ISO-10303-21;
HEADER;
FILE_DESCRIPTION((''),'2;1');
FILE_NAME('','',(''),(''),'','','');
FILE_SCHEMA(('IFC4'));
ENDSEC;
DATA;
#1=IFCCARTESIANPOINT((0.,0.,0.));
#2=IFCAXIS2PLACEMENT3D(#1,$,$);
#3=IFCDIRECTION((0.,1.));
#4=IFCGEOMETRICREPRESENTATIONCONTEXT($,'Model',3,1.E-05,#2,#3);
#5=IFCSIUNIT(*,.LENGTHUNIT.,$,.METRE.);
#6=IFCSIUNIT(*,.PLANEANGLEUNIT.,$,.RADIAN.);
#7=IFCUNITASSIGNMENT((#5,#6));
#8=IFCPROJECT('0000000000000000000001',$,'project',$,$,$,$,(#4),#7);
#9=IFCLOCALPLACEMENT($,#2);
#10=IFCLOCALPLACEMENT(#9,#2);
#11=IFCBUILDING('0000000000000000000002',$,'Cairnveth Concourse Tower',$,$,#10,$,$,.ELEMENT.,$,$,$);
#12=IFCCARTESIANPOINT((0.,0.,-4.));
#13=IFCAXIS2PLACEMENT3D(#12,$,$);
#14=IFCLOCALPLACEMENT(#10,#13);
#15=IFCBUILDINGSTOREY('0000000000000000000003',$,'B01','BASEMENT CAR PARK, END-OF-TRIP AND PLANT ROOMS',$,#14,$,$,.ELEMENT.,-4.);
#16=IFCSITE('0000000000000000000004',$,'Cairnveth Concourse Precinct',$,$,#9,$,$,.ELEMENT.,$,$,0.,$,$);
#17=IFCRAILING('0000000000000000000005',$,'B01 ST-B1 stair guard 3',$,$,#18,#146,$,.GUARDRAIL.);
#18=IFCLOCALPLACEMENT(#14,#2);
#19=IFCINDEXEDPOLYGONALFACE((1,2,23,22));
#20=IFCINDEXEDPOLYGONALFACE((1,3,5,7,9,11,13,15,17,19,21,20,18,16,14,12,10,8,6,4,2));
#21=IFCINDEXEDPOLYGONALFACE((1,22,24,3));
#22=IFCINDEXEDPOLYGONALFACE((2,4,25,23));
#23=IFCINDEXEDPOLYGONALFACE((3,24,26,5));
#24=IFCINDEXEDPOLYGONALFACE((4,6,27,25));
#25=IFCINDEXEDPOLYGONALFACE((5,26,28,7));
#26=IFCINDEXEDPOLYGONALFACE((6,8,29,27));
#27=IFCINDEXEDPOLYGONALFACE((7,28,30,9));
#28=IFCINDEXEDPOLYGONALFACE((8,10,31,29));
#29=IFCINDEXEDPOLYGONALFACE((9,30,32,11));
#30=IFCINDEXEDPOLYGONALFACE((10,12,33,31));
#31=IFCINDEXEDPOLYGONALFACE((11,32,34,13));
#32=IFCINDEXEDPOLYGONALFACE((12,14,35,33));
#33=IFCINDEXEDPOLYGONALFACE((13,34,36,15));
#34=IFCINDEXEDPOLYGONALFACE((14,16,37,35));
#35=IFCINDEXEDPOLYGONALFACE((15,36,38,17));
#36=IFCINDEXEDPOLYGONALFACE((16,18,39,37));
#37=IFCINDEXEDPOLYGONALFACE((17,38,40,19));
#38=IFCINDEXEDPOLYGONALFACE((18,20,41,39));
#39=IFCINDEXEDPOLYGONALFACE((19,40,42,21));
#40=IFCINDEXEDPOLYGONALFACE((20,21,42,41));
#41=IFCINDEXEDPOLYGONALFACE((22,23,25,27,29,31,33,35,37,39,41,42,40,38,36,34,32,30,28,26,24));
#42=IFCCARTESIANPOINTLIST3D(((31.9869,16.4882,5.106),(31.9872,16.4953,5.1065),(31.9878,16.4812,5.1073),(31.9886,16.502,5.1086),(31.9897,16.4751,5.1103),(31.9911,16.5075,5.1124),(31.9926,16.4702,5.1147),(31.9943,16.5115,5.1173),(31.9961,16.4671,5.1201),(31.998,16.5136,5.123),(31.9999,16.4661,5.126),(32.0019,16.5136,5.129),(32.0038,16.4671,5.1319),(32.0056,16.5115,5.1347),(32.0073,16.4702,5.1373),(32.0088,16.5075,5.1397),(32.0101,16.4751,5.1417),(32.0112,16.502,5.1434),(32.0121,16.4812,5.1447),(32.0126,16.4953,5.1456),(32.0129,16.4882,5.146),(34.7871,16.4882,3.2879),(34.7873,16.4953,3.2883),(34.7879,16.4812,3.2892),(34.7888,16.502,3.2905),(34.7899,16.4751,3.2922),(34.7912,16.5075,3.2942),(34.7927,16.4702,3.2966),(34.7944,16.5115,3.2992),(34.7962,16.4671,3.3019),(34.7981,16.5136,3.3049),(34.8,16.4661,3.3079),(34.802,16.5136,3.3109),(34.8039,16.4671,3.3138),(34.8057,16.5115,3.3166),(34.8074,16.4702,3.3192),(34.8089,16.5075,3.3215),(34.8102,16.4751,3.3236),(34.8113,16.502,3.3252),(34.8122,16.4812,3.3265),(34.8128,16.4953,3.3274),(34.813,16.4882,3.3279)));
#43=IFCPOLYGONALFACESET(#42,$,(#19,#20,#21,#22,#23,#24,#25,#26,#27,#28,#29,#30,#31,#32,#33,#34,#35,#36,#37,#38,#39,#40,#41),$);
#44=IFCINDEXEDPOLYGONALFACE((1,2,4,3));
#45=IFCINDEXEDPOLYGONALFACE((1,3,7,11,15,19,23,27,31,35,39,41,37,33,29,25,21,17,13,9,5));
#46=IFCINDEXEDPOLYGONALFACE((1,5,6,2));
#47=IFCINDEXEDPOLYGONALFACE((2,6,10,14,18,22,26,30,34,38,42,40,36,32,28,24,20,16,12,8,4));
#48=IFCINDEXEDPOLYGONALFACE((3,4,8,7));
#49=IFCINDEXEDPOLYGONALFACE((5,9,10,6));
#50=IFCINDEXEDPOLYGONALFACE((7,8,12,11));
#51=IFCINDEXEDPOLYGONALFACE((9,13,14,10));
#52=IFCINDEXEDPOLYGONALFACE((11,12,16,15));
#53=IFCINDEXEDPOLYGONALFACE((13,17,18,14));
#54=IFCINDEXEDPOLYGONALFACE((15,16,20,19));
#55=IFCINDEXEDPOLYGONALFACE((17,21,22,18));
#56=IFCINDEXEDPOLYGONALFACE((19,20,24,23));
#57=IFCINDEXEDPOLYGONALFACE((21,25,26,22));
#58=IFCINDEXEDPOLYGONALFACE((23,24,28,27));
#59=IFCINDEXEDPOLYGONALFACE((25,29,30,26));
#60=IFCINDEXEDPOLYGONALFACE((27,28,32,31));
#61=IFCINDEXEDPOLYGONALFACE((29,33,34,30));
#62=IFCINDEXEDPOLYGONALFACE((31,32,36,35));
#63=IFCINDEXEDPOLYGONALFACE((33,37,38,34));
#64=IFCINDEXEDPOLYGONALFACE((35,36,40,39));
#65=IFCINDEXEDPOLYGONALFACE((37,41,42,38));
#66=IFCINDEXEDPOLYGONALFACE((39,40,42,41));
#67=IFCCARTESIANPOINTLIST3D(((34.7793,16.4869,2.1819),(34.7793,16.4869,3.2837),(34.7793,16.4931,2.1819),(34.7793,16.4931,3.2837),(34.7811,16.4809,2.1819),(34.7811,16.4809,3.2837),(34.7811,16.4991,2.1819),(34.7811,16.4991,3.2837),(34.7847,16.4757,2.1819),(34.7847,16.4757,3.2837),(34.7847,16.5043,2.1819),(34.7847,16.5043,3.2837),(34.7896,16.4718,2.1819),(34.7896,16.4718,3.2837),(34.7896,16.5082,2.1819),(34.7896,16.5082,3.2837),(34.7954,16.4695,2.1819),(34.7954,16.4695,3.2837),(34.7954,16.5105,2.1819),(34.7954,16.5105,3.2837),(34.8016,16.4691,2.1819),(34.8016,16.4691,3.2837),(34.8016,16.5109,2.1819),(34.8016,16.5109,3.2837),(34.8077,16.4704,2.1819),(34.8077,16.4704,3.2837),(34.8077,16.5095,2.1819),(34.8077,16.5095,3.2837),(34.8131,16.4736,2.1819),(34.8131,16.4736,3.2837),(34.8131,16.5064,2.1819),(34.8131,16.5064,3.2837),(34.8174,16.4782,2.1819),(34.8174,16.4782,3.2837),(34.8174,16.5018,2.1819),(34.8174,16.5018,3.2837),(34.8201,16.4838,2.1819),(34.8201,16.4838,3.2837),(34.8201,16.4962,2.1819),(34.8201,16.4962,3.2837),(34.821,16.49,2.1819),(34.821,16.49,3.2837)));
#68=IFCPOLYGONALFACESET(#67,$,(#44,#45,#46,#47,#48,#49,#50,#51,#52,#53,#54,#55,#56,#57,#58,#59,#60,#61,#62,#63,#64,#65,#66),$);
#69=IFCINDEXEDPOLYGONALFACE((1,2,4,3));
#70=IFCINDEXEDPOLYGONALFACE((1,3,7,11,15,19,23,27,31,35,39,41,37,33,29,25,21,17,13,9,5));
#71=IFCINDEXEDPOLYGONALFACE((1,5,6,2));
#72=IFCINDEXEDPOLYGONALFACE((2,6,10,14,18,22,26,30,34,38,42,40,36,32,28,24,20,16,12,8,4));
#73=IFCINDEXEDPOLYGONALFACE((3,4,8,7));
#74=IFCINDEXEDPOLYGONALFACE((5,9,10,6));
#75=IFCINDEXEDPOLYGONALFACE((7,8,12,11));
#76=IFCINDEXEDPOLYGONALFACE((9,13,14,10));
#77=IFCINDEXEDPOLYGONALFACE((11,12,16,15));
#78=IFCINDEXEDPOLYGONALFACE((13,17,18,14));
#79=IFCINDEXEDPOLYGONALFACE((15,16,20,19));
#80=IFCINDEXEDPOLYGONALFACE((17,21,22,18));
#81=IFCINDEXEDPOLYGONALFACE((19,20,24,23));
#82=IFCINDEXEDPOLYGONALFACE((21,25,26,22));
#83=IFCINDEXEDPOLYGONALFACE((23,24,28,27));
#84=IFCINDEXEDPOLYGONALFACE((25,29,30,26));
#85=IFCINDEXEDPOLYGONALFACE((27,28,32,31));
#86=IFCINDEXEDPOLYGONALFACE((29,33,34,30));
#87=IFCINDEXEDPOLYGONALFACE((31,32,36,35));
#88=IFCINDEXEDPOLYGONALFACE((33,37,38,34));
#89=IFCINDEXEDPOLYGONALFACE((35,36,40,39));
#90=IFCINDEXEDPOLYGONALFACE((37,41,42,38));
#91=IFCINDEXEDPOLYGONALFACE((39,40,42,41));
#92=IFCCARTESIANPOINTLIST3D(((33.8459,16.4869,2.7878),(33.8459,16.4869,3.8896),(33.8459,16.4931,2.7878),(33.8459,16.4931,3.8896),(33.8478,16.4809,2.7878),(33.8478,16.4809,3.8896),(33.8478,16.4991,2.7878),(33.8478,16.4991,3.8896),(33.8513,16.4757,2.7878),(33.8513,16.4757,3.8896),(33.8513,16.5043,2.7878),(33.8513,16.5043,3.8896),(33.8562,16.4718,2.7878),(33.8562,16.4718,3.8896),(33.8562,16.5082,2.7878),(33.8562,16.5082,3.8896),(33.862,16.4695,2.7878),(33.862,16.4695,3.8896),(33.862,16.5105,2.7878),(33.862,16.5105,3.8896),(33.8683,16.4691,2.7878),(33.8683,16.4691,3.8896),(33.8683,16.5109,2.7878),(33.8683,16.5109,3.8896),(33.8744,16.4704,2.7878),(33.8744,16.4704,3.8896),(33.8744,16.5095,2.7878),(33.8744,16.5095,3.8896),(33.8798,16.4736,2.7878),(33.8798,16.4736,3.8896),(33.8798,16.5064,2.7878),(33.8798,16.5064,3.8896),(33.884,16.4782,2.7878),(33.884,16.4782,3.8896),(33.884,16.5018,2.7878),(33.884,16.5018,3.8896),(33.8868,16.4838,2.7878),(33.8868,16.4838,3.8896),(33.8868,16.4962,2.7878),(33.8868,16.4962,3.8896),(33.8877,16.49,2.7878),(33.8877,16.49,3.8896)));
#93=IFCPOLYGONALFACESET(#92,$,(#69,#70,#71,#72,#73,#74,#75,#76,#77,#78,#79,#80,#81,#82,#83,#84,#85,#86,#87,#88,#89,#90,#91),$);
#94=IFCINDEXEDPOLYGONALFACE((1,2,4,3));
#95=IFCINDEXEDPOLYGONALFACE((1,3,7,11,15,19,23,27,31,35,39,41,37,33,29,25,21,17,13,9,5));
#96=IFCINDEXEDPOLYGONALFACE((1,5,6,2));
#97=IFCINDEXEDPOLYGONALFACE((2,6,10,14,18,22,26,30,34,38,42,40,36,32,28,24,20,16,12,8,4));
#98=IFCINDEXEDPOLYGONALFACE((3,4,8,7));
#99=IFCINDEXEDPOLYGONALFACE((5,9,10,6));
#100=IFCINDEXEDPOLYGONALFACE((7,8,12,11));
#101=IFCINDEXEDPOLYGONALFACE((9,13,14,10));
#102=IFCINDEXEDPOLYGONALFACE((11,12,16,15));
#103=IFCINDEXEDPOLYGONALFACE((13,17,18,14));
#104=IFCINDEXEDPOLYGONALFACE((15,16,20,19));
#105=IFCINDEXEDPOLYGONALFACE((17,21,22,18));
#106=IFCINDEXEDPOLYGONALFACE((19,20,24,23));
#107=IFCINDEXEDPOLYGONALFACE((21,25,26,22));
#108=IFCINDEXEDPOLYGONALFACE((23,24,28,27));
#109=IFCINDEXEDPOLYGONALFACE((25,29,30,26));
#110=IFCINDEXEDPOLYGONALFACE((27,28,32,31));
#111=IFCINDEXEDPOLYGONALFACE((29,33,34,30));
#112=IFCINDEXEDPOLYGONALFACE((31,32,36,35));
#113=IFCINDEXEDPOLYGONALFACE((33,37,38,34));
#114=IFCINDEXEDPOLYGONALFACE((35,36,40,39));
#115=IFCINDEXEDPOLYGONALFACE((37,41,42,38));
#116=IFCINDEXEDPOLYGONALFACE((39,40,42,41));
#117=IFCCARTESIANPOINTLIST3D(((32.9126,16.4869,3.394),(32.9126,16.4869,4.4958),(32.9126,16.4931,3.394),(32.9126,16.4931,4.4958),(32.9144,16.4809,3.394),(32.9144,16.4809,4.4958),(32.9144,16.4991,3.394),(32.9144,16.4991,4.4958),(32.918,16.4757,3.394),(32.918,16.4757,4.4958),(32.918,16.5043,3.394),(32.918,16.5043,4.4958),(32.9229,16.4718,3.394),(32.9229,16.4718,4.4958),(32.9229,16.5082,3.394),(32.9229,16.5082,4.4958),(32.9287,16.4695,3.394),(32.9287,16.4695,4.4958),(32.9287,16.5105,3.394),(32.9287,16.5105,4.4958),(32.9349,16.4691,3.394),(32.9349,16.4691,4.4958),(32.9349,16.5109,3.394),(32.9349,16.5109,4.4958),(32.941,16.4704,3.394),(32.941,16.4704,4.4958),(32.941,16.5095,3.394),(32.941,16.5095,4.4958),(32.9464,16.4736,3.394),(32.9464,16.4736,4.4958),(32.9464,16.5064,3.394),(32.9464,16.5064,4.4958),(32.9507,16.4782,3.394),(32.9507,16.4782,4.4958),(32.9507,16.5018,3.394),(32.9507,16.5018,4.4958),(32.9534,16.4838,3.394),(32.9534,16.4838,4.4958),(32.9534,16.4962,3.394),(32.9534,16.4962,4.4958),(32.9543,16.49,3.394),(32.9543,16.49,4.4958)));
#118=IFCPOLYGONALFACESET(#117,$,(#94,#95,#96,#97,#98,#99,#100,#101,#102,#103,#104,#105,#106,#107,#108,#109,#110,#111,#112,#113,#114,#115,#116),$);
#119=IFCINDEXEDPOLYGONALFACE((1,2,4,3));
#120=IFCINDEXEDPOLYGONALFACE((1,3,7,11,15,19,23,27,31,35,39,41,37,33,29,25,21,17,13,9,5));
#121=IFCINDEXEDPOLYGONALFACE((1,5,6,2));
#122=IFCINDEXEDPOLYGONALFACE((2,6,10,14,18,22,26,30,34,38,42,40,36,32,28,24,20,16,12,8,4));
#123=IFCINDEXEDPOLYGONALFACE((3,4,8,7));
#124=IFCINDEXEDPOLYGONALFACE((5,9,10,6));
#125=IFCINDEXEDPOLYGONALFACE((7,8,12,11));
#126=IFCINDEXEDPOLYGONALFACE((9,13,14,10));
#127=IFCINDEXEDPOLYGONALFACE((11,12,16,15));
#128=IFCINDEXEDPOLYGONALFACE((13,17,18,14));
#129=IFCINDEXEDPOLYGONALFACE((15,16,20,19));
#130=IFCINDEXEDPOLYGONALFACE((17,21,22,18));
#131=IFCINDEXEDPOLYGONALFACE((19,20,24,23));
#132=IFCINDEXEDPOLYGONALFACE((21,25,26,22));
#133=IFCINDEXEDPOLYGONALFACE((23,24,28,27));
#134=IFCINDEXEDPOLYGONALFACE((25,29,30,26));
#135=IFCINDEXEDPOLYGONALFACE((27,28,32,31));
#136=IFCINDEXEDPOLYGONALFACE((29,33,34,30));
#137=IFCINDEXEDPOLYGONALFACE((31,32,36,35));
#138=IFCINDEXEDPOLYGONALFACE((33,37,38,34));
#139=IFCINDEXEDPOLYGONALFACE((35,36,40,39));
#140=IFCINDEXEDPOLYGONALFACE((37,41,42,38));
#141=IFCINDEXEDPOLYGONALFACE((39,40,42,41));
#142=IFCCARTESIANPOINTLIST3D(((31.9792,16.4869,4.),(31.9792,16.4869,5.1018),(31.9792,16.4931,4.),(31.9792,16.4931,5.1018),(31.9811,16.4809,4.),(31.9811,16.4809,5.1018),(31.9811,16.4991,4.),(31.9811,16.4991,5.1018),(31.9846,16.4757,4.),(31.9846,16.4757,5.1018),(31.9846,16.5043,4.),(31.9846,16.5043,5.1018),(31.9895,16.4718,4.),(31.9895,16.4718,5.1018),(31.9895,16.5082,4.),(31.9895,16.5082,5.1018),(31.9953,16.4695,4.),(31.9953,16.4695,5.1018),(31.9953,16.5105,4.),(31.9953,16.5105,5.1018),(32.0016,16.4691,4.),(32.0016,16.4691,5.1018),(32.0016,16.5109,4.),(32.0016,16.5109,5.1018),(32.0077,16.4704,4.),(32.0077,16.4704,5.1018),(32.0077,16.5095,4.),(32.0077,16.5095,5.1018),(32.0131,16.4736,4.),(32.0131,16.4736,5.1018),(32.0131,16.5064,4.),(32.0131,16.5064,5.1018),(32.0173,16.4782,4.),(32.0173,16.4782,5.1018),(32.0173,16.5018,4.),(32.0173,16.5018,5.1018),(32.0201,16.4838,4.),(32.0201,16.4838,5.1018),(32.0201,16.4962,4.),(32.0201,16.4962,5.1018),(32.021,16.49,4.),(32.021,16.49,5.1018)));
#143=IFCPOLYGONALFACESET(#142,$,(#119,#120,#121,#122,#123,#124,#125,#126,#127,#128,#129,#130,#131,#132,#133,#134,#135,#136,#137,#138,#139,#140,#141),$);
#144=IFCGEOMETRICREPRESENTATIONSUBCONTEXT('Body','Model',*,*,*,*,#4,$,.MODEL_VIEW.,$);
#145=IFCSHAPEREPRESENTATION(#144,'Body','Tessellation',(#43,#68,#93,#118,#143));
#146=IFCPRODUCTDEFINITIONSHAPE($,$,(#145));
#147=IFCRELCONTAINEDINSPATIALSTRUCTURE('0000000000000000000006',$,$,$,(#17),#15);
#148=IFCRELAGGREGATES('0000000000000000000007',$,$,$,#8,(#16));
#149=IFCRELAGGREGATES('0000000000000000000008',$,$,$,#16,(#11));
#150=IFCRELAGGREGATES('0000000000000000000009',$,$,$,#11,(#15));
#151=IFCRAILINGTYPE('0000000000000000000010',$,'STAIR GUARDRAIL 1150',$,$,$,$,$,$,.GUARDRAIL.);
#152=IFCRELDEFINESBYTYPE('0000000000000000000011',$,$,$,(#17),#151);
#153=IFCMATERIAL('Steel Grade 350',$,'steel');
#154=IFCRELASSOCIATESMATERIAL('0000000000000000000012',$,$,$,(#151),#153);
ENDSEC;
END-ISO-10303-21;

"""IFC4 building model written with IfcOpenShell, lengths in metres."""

from ifc_helpers import new_model, si_unit, direction, frame, origin, origin_2d, place, context, subcontext, project, spatial, circle, extrude, material, type_object, element, save


model = new_model("IFC4")

# Units and contexts
model_context = context("Model", 3, precision=1e-05, world=origin(), true_north=direction((0.0, 1.0)))
body_context = subcontext(model_context, "Body", "Model", "MODEL_VIEW")
ifc_project = project(units=[si_unit("LENGTHUNIT", "METRE"), si_unit("PLANEANGLEUNIT", "RADIAN")], contexts=[model_context])

# Site, building, storey
site_placement = place(None, origin())
site = spatial("IfcSite", under=ifc_project, at=site_placement, Name="Cairnveth Concourse Precinct", CompositionType="ELEMENT", RefElevation=0.0)
building_placement = place(site_placement, origin())
building = spatial("IfcBuilding", under=site, at=building_placement, Name="Cairnveth Concourse Tower", CompositionType="ELEMENT")
storey_placement = place(building_placement, frame((0.0, 0.0, -4.0)))
storey = spatial("IfcBuildingStorey", under=building, at=storey_placement, Name="B01", Description="BASEMENT CAR PARK, END-OF-TRIP AND PLANT ROOMS", CompositionType="ELEMENT", Elevation=-4.0)

# Shared definitions
ifc_material_1 = material(Name="Steel Grade 350", Category="steel")

# Railing
railing_type_1 = type_object("IfcRailingType", Name="STAIR GUARDRAIL 1150", PredefinedType="GUARDRAIL", material=ifc_material_1)
railing_1_placement = place(storey_placement, frame((34.8, 16.49, 2.1819)))
element("IfcRailing", 1, at=railing_1_placement, inside=storey, type_object=railing_type_1, Name="B01 ST-B1 stair guard 3", PredefinedType="GUARDRAIL", context=body_context, shape_type="SweptSolid", body=[
    extrude(circle(Radius=0.0239, at=origin_2d()), frame((0.0, 0.0, 1.126), z_axis=(-0.838706, 0.0, 0.544585), x_axis=(0.0, -1.0, 0.0)), (0.0, 0.0, 1.0), 3.3386),
    extrude(circle(Radius=0.021, at=origin_2d()), origin(), (0.0, 0.0, 1.0), 1.1018),
    extrude(circle(Radius=0.021, at=origin_2d()), frame((-0.9333, 0.0, 0.606)), (0.0, 0.0, 1.0), 1.1018),
    extrude(circle(Radius=0.021, at=origin_2d()), frame((-1.8667, 0.0, 1.2122)), (0.0, 0.0, 1.0), 1.1018),
    extrude(circle(Radius=0.021, at=origin_2d()), frame((-2.8, 0.0, 1.8181)), (0.0, 0.0, 1.0), 1.1018),
])

save(model, "model.ifc")
